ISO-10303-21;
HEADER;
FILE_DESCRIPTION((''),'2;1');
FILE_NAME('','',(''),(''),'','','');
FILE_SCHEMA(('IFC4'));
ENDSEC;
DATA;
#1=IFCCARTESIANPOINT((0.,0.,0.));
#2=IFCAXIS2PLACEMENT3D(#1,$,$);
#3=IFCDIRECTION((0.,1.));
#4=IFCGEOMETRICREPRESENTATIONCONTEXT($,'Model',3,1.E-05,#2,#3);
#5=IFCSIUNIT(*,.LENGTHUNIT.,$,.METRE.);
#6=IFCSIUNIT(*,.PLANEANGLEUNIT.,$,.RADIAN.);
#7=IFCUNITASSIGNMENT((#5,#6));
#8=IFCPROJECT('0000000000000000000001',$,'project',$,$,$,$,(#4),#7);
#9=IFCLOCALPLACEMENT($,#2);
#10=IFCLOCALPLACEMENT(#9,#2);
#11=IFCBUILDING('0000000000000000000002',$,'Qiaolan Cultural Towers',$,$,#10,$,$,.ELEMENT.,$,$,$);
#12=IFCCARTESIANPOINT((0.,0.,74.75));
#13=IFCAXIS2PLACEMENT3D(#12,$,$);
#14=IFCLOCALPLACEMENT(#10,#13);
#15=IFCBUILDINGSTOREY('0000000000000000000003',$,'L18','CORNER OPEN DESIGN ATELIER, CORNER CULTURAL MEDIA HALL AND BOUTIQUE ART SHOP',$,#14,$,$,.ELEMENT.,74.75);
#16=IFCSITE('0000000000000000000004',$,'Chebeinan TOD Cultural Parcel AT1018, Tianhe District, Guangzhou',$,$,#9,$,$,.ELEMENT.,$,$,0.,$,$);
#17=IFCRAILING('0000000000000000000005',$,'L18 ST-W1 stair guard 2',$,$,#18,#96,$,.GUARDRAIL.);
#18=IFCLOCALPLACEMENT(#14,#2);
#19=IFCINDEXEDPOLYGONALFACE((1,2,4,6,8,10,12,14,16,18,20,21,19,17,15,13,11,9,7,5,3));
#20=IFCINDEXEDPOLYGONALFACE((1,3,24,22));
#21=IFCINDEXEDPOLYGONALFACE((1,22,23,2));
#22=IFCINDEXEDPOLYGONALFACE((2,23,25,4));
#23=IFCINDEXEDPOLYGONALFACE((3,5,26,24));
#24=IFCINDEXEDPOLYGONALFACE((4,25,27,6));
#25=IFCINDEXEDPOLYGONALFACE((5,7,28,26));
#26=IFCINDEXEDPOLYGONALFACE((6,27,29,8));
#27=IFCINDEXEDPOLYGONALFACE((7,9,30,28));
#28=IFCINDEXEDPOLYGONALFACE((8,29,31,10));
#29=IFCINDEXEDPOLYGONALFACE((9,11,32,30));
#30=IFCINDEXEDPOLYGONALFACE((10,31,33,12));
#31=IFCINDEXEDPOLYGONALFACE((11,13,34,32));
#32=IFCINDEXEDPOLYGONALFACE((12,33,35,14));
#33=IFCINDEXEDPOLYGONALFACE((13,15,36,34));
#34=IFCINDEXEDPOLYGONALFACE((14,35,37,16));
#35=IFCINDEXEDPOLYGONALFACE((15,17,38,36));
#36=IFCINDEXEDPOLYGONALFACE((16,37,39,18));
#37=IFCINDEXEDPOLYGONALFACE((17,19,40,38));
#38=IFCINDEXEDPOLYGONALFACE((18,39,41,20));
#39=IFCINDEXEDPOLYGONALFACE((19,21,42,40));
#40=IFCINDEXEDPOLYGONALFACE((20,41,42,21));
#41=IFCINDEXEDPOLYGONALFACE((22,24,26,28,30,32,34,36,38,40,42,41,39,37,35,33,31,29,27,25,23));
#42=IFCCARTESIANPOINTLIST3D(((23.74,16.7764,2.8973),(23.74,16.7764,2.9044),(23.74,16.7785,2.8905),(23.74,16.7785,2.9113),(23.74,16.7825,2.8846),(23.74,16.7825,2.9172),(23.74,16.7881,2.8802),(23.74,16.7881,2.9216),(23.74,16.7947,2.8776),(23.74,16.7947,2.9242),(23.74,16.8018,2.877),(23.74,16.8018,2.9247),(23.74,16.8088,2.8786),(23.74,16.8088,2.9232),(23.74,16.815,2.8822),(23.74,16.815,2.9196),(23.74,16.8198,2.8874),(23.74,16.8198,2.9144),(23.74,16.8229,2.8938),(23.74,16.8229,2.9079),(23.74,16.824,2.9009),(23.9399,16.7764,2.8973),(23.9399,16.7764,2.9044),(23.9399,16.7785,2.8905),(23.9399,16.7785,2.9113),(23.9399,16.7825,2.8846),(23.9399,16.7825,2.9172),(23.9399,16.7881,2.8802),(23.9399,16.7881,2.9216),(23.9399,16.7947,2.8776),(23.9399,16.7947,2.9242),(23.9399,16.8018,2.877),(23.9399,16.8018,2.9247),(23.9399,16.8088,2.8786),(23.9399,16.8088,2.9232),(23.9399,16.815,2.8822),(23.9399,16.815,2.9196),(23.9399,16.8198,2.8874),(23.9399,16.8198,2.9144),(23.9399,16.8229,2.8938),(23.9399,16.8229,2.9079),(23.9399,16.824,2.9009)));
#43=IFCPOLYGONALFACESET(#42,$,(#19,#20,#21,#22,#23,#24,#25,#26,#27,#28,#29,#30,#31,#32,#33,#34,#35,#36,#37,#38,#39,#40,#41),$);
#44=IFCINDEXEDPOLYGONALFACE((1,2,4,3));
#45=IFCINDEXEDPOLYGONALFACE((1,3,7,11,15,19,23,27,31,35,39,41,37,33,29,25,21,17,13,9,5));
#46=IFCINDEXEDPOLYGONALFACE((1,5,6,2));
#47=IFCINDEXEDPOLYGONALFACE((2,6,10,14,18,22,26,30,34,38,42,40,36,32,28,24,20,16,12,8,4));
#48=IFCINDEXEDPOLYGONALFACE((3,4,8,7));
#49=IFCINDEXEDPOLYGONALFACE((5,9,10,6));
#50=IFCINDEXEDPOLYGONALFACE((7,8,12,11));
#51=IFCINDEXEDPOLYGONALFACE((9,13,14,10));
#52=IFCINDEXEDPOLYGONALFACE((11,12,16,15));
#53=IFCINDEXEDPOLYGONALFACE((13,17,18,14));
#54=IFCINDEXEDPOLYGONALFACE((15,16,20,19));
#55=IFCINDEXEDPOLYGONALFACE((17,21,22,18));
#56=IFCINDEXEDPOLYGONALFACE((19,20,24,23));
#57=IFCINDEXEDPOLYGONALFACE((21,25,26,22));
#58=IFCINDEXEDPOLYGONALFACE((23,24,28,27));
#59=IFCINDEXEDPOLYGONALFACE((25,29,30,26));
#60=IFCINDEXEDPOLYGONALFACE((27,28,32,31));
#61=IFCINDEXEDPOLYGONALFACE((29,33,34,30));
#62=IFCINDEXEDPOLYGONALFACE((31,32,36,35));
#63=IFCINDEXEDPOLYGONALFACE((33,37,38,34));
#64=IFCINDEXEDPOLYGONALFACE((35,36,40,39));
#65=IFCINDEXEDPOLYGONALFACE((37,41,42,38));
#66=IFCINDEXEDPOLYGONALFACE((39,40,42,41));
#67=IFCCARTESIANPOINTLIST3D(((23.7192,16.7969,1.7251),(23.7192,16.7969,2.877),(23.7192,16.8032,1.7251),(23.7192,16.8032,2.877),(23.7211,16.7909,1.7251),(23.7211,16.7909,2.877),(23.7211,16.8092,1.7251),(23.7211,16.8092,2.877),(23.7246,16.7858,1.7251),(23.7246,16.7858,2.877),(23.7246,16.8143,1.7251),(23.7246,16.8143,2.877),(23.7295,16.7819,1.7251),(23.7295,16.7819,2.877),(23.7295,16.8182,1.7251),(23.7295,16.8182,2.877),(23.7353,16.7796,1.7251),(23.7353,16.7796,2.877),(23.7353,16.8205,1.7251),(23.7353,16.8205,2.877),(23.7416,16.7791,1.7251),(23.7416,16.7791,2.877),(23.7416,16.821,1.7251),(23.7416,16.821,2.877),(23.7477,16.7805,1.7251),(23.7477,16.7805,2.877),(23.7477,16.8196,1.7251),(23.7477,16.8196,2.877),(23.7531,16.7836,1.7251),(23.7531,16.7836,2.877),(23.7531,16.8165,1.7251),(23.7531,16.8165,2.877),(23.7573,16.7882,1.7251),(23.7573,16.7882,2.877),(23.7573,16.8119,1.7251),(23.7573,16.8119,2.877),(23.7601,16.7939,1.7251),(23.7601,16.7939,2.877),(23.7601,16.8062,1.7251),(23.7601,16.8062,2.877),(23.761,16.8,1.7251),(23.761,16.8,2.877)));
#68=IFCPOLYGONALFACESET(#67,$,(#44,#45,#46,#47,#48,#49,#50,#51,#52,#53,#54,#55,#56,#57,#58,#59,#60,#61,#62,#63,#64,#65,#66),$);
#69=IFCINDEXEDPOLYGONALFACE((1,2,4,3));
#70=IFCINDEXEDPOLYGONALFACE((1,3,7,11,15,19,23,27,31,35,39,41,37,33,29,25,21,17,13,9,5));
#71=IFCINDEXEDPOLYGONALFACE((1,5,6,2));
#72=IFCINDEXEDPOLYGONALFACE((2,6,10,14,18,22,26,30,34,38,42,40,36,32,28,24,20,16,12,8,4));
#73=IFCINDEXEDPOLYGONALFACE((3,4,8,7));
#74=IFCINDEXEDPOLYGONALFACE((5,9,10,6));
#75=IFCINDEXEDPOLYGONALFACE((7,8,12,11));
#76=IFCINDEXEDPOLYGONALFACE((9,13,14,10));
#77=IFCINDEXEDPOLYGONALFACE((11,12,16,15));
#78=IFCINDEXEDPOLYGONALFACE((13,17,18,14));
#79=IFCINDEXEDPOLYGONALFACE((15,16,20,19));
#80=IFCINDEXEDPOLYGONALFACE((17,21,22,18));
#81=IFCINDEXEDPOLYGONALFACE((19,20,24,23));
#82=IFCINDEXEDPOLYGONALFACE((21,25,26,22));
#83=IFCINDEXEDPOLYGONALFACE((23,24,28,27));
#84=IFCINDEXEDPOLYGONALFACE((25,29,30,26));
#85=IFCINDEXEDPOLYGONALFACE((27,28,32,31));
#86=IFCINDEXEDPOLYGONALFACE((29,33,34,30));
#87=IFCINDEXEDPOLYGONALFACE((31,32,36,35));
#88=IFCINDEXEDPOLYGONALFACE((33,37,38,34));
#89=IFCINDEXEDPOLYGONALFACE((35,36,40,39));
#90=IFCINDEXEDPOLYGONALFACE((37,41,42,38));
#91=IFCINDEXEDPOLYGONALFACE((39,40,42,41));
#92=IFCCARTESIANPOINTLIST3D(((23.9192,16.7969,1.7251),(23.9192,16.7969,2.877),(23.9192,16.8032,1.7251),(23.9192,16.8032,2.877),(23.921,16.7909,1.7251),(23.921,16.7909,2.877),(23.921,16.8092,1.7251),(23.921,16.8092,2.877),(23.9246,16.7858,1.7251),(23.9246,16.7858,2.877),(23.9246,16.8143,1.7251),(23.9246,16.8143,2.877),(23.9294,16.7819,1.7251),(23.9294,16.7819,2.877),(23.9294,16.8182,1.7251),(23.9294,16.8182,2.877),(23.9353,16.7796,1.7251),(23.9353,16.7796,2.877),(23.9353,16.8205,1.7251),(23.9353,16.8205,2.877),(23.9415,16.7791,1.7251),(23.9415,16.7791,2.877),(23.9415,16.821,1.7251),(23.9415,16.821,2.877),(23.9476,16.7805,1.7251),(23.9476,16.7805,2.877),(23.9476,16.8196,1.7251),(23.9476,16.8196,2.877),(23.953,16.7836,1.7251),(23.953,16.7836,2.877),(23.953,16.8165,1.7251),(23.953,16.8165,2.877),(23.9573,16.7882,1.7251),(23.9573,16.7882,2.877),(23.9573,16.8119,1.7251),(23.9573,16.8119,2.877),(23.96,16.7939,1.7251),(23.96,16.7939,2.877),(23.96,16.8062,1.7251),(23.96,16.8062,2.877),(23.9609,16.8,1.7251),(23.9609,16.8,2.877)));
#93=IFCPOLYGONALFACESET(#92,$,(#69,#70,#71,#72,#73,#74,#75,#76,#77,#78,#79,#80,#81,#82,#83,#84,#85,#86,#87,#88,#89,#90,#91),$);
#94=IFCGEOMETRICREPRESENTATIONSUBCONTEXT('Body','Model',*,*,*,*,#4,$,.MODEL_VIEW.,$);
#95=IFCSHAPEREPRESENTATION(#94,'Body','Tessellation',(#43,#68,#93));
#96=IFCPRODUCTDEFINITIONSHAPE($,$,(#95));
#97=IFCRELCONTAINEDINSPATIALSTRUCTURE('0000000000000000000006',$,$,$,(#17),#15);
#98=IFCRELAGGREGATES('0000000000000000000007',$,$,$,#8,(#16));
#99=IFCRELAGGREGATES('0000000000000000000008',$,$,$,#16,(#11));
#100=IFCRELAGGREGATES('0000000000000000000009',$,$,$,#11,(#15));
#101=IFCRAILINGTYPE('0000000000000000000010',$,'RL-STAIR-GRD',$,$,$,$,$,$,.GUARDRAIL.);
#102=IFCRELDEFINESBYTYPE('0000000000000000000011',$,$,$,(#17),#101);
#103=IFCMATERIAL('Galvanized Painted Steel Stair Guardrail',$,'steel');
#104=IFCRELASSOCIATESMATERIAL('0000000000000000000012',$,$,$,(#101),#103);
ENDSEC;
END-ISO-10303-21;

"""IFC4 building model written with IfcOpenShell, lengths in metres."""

from ifc_helpers import new_model, si_unit, direction, frame, origin, origin_2d, place, context, subcontext, project, spatial, circle, extrude, material, type_object, element, save


model = new_model("IFC4")

# Units and contexts
model_context = context("Model", 3, precision=1e-05, world=origin(), true_north=direction((0.0, 1.0)))
body_context = subcontext(model_context, "Body", "Model", "MODEL_VIEW")
ifc_project = project(units=[si_unit("LENGTHUNIT", "METRE"), si_unit("PLANEANGLEUNIT", "RADIAN")], contexts=[model_context])

# Site, building, storey
site_placement = place(None, origin())
site = spatial("IfcSite", under=ifc_project, at=site_placement, Name="Chebeinan TOD Cultural Parcel AT1018, Tianhe District, Guangzhou", CompositionType="ELEMENT", RefElevation=0.0)
building_placement = place(site_placement, origin())
building = spatial("IfcBuilding", under=site, at=building_placement, Name="Qiaolan Cultural Towers", CompositionType="ELEMENT")
storey_placement = place(building_placement, frame((0.0, 0.0, 74.75)))
storey = spatial("IfcBuildingStorey", under=building, at=storey_placement, Name="L18", Description="CORNER OPEN DESIGN ATELIER, CORNER CULTURAL MEDIA HALL AND BOUTIQUE ART SHOP", CompositionType="ELEMENT", Elevation=74.75)

# Railing
ifc_material_1 = material(Name="Galvanized Painted Steel Stair Guardrail", Category="steel")
railing_type_1 = type_object("IfcRailingType", Name="RL-STAIR-GRD", PredefinedType="GUARDRAIL", material=ifc_material_1)
railing_1_placement = place(storey_placement, frame((23.74, 16.8, 1.7251)))
element("IfcRailing", 1, at=railing_1_placement, inside=storey, type_object=railing_type_1, Name="L18 ST-W1 stair guard 2", PredefinedType="GUARDRAIL", context=body_context, shape_type="SweptSolid", body=[
    extrude(circle(Radius=0.0239, at=origin_2d()), frame((0.0, 0.0, 1.1758), z_axis=(1.0, 0.0, 0.0), x_axis=(0.0, 1.0, 0.0)), (0.0, 0.0, 1.0), 0.2),
    extrude(circle(Radius=0.021, at=origin_2d()), origin(), (0.0, 0.0, 1.0), 1.1519),
    extrude(circle(Radius=0.021, at=origin_2d()), frame((0.2, 0.0, 0.0)), (0.0, 0.0, 1.0), 1.1519),
])

save(model, "model.ifc")
